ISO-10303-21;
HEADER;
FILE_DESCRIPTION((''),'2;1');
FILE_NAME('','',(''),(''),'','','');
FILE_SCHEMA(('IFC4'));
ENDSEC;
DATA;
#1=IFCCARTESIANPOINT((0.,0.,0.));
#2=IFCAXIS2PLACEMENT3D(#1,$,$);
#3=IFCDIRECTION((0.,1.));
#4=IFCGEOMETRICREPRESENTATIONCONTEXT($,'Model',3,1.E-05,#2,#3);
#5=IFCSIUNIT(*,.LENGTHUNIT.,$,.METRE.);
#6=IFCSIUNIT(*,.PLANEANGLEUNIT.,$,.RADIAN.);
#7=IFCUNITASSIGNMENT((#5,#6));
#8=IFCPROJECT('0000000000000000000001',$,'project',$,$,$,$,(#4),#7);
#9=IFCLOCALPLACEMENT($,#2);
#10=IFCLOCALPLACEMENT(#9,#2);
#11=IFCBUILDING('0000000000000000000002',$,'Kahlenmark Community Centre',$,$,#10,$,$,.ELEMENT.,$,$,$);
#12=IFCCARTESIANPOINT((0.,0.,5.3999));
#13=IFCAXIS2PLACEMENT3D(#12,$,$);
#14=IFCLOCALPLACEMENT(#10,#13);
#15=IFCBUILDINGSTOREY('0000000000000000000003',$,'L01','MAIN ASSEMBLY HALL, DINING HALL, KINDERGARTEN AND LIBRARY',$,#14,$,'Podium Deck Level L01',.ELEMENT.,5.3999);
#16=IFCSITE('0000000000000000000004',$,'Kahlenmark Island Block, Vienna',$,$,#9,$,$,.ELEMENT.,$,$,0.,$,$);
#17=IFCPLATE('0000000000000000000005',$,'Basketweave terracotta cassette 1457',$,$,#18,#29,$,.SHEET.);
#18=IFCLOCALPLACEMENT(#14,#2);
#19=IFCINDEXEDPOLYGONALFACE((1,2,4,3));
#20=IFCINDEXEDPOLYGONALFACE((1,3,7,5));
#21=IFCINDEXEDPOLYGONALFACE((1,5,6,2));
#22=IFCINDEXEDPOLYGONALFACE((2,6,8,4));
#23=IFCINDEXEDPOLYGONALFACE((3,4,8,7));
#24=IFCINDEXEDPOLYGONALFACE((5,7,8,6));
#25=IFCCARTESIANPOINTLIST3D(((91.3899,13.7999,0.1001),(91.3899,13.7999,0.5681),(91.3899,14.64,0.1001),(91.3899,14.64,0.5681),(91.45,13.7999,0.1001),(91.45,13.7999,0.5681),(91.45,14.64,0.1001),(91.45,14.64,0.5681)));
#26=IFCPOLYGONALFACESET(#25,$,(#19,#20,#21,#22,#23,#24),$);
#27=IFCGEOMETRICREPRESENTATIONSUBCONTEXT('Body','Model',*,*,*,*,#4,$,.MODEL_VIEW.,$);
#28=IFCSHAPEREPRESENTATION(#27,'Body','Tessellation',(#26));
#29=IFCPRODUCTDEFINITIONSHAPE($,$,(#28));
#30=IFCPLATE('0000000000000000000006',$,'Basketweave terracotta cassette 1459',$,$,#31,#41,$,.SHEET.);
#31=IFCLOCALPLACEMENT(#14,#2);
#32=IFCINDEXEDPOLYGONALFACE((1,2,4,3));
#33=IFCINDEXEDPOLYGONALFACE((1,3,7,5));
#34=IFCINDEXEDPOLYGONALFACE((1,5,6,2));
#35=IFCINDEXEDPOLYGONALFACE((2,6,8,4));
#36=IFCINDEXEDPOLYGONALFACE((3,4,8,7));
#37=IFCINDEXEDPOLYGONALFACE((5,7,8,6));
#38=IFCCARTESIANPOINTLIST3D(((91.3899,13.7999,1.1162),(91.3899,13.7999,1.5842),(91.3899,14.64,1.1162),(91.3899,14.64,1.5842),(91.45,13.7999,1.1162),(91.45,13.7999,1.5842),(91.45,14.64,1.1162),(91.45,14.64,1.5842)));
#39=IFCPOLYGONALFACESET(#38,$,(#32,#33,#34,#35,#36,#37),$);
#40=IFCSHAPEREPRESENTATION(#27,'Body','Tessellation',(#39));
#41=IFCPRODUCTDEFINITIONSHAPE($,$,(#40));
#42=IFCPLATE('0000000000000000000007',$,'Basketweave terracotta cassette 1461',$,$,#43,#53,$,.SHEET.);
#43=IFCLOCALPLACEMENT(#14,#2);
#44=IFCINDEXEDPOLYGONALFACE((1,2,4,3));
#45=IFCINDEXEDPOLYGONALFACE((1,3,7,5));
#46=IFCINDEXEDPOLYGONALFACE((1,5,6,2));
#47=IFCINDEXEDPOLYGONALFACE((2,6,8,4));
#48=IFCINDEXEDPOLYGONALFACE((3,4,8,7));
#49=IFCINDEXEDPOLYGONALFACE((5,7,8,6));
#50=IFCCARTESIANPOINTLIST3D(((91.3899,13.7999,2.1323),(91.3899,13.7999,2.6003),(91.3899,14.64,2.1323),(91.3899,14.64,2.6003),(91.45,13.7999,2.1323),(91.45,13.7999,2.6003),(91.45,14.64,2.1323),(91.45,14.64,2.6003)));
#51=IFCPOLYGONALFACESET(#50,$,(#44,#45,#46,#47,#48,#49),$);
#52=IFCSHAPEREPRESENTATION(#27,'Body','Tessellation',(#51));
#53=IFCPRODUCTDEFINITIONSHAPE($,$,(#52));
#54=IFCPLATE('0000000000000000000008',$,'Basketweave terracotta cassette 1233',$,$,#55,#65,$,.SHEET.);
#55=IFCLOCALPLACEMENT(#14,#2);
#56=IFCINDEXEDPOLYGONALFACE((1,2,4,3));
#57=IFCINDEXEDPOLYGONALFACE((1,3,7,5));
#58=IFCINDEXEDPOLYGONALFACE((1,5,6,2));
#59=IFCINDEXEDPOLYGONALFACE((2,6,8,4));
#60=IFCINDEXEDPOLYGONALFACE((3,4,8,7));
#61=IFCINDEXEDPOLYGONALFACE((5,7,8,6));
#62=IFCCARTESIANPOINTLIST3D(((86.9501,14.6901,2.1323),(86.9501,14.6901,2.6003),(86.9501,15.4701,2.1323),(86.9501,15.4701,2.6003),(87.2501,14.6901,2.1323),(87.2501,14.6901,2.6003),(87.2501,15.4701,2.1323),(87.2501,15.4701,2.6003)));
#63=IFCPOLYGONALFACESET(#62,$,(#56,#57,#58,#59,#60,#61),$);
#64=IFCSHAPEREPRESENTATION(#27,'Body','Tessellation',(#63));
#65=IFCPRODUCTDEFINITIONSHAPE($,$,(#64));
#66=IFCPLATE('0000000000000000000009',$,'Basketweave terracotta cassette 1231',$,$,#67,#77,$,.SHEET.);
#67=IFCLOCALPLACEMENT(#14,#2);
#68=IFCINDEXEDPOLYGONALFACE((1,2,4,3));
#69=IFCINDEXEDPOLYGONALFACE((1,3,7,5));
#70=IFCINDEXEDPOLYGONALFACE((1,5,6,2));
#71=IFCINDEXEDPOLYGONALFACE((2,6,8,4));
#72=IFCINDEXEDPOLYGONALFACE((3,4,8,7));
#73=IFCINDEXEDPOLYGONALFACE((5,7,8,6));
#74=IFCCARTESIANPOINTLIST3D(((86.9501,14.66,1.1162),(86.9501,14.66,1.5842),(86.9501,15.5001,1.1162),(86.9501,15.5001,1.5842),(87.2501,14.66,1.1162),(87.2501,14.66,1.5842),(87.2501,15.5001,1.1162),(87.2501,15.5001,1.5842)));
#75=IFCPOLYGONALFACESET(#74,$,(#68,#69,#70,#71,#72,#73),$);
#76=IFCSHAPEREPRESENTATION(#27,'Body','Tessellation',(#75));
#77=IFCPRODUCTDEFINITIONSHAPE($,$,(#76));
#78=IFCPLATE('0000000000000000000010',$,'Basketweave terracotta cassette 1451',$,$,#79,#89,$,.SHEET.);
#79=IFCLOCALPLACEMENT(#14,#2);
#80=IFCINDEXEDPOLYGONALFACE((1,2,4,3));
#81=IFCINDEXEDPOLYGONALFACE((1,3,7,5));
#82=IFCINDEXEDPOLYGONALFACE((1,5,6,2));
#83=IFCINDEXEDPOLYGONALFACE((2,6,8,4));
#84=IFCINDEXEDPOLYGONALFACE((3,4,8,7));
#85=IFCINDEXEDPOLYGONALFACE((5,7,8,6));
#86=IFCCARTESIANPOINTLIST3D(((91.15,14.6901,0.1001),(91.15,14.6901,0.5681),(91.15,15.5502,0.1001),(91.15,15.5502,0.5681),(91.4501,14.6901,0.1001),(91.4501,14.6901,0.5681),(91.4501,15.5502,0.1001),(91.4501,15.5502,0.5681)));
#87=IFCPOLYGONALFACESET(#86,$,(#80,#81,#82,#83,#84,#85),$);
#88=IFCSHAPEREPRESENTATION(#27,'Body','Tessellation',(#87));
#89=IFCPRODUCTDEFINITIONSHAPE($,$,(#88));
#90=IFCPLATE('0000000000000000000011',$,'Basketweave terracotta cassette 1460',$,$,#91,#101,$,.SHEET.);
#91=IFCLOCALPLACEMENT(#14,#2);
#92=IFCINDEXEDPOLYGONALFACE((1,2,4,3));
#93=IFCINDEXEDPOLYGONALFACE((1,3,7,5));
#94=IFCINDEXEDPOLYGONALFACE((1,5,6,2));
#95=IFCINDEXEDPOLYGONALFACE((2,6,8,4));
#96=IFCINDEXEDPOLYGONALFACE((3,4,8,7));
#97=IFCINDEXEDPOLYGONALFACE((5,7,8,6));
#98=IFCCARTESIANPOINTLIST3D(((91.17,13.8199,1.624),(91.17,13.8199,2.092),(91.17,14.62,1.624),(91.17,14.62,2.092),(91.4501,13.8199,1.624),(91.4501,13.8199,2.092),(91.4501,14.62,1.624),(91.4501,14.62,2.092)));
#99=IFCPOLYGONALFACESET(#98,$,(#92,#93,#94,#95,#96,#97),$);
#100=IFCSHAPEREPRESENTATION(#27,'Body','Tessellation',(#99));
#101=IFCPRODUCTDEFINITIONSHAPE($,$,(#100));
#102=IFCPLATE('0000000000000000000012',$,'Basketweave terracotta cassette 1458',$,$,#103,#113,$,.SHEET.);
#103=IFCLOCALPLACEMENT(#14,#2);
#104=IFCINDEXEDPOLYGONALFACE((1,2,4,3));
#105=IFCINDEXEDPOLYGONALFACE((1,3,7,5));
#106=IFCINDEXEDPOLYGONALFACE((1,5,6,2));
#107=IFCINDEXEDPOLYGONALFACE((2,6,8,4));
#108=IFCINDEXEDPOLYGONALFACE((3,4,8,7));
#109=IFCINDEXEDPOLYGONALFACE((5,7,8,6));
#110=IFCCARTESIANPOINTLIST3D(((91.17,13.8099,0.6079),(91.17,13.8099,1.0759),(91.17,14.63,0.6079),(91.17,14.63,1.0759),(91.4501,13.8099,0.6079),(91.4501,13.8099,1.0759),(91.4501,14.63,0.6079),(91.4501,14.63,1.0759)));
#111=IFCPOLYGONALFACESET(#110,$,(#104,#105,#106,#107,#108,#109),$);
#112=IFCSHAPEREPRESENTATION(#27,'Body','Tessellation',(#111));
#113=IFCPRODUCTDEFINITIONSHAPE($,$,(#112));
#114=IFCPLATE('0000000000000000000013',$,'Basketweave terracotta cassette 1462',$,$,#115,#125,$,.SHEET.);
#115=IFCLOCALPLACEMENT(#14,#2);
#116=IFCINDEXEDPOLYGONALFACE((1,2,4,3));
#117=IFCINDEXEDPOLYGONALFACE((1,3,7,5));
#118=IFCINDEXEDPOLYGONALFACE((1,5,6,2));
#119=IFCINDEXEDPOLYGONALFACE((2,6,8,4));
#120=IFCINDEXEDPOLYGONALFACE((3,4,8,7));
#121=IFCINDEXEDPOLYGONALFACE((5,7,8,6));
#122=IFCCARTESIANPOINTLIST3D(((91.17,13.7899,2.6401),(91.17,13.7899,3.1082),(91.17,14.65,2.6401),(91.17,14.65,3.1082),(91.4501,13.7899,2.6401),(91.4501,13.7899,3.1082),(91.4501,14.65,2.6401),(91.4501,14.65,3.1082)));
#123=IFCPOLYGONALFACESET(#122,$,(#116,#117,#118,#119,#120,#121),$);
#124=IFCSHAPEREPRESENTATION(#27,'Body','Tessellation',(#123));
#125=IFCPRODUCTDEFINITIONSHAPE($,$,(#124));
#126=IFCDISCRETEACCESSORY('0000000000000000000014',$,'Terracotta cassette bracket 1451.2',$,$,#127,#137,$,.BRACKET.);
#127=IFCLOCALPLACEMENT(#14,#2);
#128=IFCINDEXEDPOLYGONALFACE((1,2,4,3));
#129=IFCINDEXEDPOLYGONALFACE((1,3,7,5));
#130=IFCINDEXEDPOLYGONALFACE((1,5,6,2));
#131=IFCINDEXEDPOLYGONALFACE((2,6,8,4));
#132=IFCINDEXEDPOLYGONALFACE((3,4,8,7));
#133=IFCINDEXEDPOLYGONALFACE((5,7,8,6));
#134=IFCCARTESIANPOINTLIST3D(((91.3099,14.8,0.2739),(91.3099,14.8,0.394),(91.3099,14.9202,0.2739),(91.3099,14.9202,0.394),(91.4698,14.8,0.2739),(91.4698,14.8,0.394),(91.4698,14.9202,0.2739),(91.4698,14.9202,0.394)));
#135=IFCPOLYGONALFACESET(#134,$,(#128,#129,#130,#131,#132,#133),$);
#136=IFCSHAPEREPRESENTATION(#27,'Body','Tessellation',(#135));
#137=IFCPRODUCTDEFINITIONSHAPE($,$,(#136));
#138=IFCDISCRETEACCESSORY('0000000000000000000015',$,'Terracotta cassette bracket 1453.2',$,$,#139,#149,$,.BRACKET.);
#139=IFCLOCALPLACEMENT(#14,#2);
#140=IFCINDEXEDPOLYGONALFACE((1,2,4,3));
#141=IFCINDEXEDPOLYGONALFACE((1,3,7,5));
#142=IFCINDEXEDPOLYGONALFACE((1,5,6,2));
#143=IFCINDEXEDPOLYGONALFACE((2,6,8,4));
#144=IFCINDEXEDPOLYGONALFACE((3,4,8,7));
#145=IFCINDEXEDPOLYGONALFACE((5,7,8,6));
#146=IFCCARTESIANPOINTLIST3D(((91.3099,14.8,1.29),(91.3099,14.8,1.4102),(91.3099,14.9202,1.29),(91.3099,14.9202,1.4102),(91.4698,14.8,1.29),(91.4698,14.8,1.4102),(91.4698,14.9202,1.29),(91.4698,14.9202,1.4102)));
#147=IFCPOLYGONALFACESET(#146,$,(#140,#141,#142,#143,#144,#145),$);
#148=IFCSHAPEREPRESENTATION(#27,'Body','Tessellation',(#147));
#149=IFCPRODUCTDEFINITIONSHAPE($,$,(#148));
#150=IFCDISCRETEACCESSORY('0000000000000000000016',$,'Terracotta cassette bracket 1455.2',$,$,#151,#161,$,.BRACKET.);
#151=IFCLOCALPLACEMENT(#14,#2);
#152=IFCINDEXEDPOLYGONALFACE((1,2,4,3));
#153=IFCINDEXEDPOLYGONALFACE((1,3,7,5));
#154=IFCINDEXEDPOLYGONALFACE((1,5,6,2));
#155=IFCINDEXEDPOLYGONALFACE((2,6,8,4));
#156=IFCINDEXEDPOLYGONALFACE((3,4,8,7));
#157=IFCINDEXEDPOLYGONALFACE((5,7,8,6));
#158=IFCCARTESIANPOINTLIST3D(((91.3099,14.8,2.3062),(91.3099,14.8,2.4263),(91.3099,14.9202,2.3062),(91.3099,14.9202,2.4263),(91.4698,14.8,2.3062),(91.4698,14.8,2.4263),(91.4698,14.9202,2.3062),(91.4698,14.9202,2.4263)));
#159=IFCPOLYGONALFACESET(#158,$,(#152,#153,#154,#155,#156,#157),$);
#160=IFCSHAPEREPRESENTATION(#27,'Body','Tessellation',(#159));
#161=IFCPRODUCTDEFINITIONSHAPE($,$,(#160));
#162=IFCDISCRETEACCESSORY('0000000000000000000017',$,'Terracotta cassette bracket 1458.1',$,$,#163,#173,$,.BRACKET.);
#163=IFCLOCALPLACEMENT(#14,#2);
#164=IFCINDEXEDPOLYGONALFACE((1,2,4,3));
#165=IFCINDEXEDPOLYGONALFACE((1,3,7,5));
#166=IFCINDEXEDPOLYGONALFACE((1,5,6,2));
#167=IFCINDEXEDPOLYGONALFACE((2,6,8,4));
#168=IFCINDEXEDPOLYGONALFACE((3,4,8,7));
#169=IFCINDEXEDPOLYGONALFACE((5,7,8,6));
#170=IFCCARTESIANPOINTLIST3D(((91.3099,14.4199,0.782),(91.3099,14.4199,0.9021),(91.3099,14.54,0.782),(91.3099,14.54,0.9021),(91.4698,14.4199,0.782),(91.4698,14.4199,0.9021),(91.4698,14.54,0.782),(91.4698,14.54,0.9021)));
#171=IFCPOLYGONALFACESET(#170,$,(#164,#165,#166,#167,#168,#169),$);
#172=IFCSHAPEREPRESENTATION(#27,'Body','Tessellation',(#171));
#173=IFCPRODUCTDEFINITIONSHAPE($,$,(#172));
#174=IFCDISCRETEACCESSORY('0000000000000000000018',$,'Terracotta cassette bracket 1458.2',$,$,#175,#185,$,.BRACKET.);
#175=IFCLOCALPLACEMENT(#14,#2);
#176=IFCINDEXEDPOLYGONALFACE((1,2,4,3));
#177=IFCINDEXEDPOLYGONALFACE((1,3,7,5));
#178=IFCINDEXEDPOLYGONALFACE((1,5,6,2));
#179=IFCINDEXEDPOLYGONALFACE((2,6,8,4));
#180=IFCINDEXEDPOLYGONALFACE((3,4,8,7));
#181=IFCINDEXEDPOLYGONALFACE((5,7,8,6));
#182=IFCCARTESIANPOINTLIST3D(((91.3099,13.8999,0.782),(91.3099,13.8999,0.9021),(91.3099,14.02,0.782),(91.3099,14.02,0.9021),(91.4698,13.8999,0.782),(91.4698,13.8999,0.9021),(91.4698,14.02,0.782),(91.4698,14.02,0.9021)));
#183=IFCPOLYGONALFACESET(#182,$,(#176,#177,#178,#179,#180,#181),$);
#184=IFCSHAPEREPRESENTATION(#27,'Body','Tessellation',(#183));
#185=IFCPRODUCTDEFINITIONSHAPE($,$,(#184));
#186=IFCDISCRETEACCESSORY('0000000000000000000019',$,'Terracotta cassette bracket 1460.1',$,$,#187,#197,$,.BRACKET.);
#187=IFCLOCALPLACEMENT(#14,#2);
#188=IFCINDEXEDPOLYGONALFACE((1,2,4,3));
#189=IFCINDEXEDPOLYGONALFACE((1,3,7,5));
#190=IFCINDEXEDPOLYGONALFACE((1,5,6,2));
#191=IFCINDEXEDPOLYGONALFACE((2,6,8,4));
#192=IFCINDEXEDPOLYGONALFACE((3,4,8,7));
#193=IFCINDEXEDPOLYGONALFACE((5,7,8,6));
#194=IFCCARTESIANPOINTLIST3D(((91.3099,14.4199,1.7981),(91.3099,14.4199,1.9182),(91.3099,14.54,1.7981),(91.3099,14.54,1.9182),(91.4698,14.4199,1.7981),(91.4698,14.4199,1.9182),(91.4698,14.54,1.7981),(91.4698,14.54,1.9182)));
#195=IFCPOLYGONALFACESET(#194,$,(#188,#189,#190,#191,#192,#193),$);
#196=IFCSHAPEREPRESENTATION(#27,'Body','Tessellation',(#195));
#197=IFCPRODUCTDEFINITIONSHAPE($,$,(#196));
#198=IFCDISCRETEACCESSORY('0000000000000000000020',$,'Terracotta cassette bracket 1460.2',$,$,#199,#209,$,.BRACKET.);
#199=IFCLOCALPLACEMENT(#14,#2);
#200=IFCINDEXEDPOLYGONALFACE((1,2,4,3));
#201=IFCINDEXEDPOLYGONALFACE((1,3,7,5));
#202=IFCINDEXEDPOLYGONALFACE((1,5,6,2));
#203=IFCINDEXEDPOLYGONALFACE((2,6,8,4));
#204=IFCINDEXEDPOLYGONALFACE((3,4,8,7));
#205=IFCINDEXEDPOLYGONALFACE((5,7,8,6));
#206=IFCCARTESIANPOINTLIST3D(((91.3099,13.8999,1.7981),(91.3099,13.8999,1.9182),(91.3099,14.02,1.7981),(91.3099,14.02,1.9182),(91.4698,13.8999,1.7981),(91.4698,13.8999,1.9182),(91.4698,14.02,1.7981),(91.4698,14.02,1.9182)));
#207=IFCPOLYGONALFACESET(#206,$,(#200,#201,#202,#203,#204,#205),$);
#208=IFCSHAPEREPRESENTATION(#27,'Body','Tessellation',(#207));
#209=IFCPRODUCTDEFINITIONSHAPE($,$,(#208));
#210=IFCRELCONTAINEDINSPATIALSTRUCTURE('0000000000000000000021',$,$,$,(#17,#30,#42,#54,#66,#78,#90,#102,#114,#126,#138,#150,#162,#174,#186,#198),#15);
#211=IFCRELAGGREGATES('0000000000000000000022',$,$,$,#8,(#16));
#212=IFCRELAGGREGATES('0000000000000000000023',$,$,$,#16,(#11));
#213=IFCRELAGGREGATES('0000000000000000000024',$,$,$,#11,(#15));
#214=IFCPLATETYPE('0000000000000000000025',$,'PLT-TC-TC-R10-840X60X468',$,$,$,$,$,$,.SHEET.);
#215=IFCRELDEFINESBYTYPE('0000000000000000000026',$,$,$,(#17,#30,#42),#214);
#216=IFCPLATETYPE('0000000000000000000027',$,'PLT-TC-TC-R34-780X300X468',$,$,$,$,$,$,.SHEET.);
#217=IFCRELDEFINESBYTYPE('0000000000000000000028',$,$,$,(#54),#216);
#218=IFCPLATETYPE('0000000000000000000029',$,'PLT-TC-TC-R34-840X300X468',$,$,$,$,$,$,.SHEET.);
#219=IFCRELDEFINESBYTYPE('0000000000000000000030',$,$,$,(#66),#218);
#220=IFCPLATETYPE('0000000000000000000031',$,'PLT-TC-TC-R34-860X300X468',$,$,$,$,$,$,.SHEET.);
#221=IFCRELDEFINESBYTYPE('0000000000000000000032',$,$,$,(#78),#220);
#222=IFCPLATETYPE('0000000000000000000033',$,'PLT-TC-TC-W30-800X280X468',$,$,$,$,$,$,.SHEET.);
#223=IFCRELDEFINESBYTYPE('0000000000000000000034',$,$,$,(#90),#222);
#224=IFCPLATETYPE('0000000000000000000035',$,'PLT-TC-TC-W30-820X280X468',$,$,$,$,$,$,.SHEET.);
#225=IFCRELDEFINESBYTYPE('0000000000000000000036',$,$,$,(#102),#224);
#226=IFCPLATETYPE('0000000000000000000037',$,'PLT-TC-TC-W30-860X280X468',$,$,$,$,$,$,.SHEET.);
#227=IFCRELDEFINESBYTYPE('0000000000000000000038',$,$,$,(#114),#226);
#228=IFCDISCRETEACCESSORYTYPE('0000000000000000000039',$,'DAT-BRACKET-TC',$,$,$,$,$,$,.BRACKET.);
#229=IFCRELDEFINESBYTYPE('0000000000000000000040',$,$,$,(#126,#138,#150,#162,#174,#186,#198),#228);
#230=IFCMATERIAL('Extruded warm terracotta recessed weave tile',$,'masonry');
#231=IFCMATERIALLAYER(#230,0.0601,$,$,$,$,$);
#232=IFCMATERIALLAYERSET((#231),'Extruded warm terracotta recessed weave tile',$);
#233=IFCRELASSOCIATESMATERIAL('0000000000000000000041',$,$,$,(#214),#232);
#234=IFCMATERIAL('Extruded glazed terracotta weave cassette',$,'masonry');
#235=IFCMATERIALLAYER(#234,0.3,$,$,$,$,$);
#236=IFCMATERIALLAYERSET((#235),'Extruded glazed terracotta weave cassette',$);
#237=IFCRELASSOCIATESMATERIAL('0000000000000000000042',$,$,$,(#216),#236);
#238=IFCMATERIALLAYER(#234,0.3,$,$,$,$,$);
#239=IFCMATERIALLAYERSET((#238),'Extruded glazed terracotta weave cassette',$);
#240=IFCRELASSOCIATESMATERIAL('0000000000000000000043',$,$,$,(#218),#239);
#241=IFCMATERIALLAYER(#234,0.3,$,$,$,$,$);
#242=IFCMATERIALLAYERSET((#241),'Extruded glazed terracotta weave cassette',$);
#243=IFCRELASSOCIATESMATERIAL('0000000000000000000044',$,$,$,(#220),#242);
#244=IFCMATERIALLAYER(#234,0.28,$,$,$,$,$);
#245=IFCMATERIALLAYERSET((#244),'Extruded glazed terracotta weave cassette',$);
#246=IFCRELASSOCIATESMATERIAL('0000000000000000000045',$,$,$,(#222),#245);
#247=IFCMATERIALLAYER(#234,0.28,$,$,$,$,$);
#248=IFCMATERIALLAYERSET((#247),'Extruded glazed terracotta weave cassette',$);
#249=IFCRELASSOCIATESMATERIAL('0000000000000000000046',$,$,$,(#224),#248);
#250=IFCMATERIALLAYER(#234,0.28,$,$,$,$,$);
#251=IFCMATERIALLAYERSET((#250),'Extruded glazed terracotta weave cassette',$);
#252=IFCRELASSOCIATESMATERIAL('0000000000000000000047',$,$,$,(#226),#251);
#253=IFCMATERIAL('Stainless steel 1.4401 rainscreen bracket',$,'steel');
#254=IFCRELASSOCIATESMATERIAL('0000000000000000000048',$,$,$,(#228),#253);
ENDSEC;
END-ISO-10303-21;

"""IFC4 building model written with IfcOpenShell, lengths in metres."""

from ifc_helpers import new_model, si_unit, direction, frame, origin, origin_2d, place, context, subcontext, project, spatial, rectangle, extrude, material, layer, layer_set, type_object, element, save


model = new_model("IFC4")

# Units and contexts
model_context = context("Model", 3, precision=1e-05, world=origin(), true_north=direction((0.0, 1.0)))
body_context = subcontext(model_context, "Body", "Model", "MODEL_VIEW")
ifc_project = project(units=[si_unit("LENGTHUNIT", "METRE"), si_unit("PLANEANGLEUNIT", "RADIAN")], contexts=[model_context])

# Site, building, storey
site_placement = place(None, origin())
site = spatial("IfcSite", under=ifc_project, at=site_placement, Name="Kahlenmark Island Block, Vienna", CompositionType="ELEMENT", RefElevation=0.0)
building_placement = place(site_placement, origin())
building = spatial("IfcBuilding", under=site, at=building_placement, Name="Kahlenmark Community Centre", CompositionType="ELEMENT")
storey_placement = place(building_placement, frame((0.0, 0.0, 5.3999)))
storey = spatial("IfcBuildingStorey", under=building, at=storey_placement, Name="L01", Description="MAIN ASSEMBLY HALL, DINING HALL, KINDERGARTEN AND LIBRARY", LongName="Podium Deck Level L01", CompositionType="ELEMENT", Elevation=5.3999)

# Plates
ifc_material_1 = material(Name="Extruded warm terracotta recessed weave tile", Category="masonry")
ifc_layer_1 = layer(ifc_material_1, 0.0601)
ifc_layer_set_1 = layer_set([ifc_layer_1], Name="Extruded warm terracotta recessed weave tile")
plate_type_1 = type_object("IfcPlateType", Name="PLT-TC-TC-R10-840X60X468", PredefinedType="SHEET", material=ifc_layer_set_1)
for number, where, z_axis, x_axis, name in (
    (1, (91.4199, 14.22, 0.1001), (0.0, 0.0, 1.0), (0.0, -1.0, 0.0), "Basketweave terracotta cassette 1457"),
    (2, (91.4199, 14.22, 1.1162), (0.0, 0.0, 1.0), (0.0, -1.0, 0.0), "Basketweave terracotta cassette 1459"),
    (3, (91.4199, 14.22, 2.1323), (0.0, 0.0, 1.0), (0.0, -1.0, 0.0), "Basketweave terracotta cassette 1461"),
):
    element("IfcPlate", number, at=place(storey_placement, frame(where, z_axis=z_axis, x_axis=x_axis)), inside=storey, type_object=plate_type_1, Name=name, PredefinedType="SHEET", context=body_context, shape_type="SweptSolid", body=[
        extrude(rectangle(XDim=0.8401, YDim=0.0601, at=origin_2d()), origin(), (0.0, 0.0, 1.0), 0.468),
    ])
ifc_material_2 = material(Name="Extruded glazed terracotta weave cassette", Category="masonry")
ifc_layer_2 = layer(ifc_material_2, 0.3)
ifc_layer_set_2 = layer_set([ifc_layer_2], Name="Extruded glazed terracotta weave cassette")
plate_type_2 = type_object("IfcPlateType", Name="PLT-TC-TC-R34-780X300X468", PredefinedType="SHEET", material=ifc_layer_set_2)
plate_1_placement = place(storey_placement, frame((87.1001, 15.0801, 2.1323), z_axis=(0.0, 0.0, 1.0), x_axis=(0.0, 1.0, 0.0)))
element("IfcPlate", 4, at=plate_1_placement, inside=storey, type_object=plate_type_2, Name="Basketweave terracotta cassette 1233", PredefinedType="SHEET", context=body_context, shape_type="SweptSolid", body=[
    extrude(rectangle(XDim=0.78, YDim=0.3, at=origin_2d()), origin(), (0.0, 0.0, 1.0), 0.468),
])
ifc_layer_3 = layer(ifc_material_2, 0.3)
ifc_layer_set_3 = layer_set([ifc_layer_3], Name="Extruded glazed terracotta weave cassette")
plate_type_3 = type_object("IfcPlateType", Name="PLT-TC-TC-R34-840X300X468", PredefinedType="SHEET", material=ifc_layer_set_3)
plate_2_placement = place(storey_placement, frame((87.1001, 15.0801, 1.1162), z_axis=(0.0, 0.0, 1.0), x_axis=(0.0, 1.0, 0.0)))
element("IfcPlate", 5, at=plate_2_placement, inside=storey, type_object=plate_type_3, Name="Basketweave terracotta cassette 1231", PredefinedType="SHEET", context=body_context, shape_type="SweptSolid", body=[
    extrude(rectangle(XDim=0.8401, YDim=0.3, at=origin_2d()), origin(), (0.0, 0.0, 1.0), 0.468),
])
ifc_layer_4 = layer(ifc_material_2, 0.3)
ifc_layer_set_4 = layer_set([ifc_layer_4], Name="Extruded glazed terracotta weave cassette")
plate_type_4 = type_object("IfcPlateType", Name="PLT-TC-TC-R34-860X300X468", PredefinedType="SHEET", material=ifc_layer_set_4)
plate_3_placement = place(storey_placement, frame((91.3, 15.1201, 0.1001), z_axis=(0.0, 0.0, 1.0), x_axis=(0.0, -1.0, 0.0)))
element("IfcPlate", 6, at=plate_3_placement, inside=storey, type_object=plate_type_4, Name="Basketweave terracotta cassette 1451", PredefinedType="SHEET", context=body_context, shape_type="SweptSolid", body=[
    extrude(rectangle(XDim=0.8601, YDim=0.3, at=origin_2d()), origin(), (0.0, 0.0, 1.0), 0.468),
])
ifc_layer_5 = layer(ifc_material_2, 0.28)
ifc_layer_set_5 = layer_set([ifc_layer_5], Name="Extruded glazed terracotta weave cassette")
plate_type_5 = type_object("IfcPlateType", Name="PLT-TC-TC-W30-800X280X468", PredefinedType="SHEET", material=ifc_layer_set_5)
plate_4_placement = place(storey_placement, frame((91.3101, 14.22, 1.624), z_axis=(0.0, 0.0, 1.0), x_axis=(0.0, -1.0, 0.0)))
element("IfcPlate", 7, at=plate_4_placement, inside=storey, type_object=plate_type_5, Name="Basketweave terracotta cassette 1460", PredefinedType="SHEET", context=body_context, shape_type="SweptSolid", body=[
    extrude(rectangle(XDim=0.8, YDim=0.28, at=origin_2d()), origin(), (0.0, 0.0, 1.0), 0.468),
])
ifc_layer_6 = layer(ifc_material_2, 0.28)
ifc_layer_set_6 = layer_set([ifc_layer_6], Name="Extruded glazed terracotta weave cassette")
plate_type_6 = type_object("IfcPlateType", Name="PLT-TC-TC-W30-820X280X468", PredefinedType="SHEET", material=ifc_layer_set_6)
plate_5_placement = place(storey_placement, frame((91.3101, 14.22, 0.6079), z_axis=(0.0, 0.0, 1.0), x_axis=(0.0, -1.0, 0.0)))
element("IfcPlate", 8, at=plate_5_placement, inside=storey, type_object=plate_type_6, Name="Basketweave terracotta cassette 1458", PredefinedType="SHEET", context=body_context, shape_type="SweptSolid", body=[
    extrude(rectangle(XDim=0.8201, YDim=0.28, at=origin_2d()), origin(), (0.0, 0.0, 1.0), 0.468),
])
ifc_layer_7 = layer(ifc_material_2, 0.28)
ifc_layer_set_7 = layer_set([ifc_layer_7], Name="Extruded glazed terracotta weave cassette")
plate_type_7 = type_object("IfcPlateType", Name="PLT-TC-TC-W30-860X280X468", PredefinedType="SHEET", material=ifc_layer_set_7)
plate_6_placement = place(storey_placement, frame((91.3101, 14.22, 2.6401), z_axis=(0.0, 0.0, 1.0), x_axis=(0.0, -1.0, 0.0)))
element("IfcPlate", 9, at=plate_6_placement, inside=storey, type_object=plate_type_7, Name="Basketweave terracotta cassette 1462", PredefinedType="SHEET", context=body_context, shape_type="SweptSolid", body=[
    extrude(rectangle(XDim=0.8601, YDim=0.28, at=origin_2d()), origin(), (0.0, 0.0, 1.0), 0.468),
])

# Discrete accessories
ifc_material_3 = material(Name="Stainless steel 1.4401 rainscreen bracket", Category="steel")
discrete_accessory_type = type_object("IfcDiscreteAccessoryType", Name="DAT-BRACKET-TC", PredefinedType="BRACKET", material=ifc_material_3)
for number, where, z_axis, x_axis, name in (
    (10, (91.3899, 14.8601, 0.2739), (0.0, 0.0, 1.0), (0.0, -1.0, 0.0), "Terracotta cassette bracket 1451.2"),
    (11, (91.3899, 14.8601, 1.29), (0.0, 0.0, 1.0), (0.0, -1.0, 0.0), "Terracotta cassette bracket 1453.2"),
    (12, (91.3899, 14.8601, 2.3062), (0.0, 0.0, 1.0), (0.0, -1.0, 0.0), "Terracotta cassette bracket 1455.2"),
    (13, (91.3899, 14.48, 0.782), (0.0, 0.0, 1.0), (0.0, -1.0, 0.0), "Terracotta cassette bracket 1458.1"),
    (14, (91.3899, 13.96, 0.782), (0.0, 0.0, 1.0), (0.0, -1.0, 0.0), "Terracotta cassette bracket 1458.2"),
    (15, (91.3899, 14.48, 1.7981), (0.0, 0.0, 1.0), (0.0, -1.0, 0.0), "Terracotta cassette bracket 1460.1"),
    (16, (91.3899, 13.96, 1.7981), (0.0, 0.0, 1.0), (0.0, -1.0, 0.0), "Terracotta cassette bracket 1460.2"),
):
    element("IfcDiscreteAccessory", number, at=place(storey_placement, frame(where, z_axis=z_axis, x_axis=x_axis)), inside=storey, type_object=discrete_accessory_type, Name=name, PredefinedType="BRACKET", context=body_context, shape_type="SweptSolid", body=[
        extrude(rectangle(XDim=0.1201, YDim=0.1599, at=origin_2d()), origin(), (0.0, 0.0, 1.0), 0.1201),
    ])

save(model, "model.ifc")
